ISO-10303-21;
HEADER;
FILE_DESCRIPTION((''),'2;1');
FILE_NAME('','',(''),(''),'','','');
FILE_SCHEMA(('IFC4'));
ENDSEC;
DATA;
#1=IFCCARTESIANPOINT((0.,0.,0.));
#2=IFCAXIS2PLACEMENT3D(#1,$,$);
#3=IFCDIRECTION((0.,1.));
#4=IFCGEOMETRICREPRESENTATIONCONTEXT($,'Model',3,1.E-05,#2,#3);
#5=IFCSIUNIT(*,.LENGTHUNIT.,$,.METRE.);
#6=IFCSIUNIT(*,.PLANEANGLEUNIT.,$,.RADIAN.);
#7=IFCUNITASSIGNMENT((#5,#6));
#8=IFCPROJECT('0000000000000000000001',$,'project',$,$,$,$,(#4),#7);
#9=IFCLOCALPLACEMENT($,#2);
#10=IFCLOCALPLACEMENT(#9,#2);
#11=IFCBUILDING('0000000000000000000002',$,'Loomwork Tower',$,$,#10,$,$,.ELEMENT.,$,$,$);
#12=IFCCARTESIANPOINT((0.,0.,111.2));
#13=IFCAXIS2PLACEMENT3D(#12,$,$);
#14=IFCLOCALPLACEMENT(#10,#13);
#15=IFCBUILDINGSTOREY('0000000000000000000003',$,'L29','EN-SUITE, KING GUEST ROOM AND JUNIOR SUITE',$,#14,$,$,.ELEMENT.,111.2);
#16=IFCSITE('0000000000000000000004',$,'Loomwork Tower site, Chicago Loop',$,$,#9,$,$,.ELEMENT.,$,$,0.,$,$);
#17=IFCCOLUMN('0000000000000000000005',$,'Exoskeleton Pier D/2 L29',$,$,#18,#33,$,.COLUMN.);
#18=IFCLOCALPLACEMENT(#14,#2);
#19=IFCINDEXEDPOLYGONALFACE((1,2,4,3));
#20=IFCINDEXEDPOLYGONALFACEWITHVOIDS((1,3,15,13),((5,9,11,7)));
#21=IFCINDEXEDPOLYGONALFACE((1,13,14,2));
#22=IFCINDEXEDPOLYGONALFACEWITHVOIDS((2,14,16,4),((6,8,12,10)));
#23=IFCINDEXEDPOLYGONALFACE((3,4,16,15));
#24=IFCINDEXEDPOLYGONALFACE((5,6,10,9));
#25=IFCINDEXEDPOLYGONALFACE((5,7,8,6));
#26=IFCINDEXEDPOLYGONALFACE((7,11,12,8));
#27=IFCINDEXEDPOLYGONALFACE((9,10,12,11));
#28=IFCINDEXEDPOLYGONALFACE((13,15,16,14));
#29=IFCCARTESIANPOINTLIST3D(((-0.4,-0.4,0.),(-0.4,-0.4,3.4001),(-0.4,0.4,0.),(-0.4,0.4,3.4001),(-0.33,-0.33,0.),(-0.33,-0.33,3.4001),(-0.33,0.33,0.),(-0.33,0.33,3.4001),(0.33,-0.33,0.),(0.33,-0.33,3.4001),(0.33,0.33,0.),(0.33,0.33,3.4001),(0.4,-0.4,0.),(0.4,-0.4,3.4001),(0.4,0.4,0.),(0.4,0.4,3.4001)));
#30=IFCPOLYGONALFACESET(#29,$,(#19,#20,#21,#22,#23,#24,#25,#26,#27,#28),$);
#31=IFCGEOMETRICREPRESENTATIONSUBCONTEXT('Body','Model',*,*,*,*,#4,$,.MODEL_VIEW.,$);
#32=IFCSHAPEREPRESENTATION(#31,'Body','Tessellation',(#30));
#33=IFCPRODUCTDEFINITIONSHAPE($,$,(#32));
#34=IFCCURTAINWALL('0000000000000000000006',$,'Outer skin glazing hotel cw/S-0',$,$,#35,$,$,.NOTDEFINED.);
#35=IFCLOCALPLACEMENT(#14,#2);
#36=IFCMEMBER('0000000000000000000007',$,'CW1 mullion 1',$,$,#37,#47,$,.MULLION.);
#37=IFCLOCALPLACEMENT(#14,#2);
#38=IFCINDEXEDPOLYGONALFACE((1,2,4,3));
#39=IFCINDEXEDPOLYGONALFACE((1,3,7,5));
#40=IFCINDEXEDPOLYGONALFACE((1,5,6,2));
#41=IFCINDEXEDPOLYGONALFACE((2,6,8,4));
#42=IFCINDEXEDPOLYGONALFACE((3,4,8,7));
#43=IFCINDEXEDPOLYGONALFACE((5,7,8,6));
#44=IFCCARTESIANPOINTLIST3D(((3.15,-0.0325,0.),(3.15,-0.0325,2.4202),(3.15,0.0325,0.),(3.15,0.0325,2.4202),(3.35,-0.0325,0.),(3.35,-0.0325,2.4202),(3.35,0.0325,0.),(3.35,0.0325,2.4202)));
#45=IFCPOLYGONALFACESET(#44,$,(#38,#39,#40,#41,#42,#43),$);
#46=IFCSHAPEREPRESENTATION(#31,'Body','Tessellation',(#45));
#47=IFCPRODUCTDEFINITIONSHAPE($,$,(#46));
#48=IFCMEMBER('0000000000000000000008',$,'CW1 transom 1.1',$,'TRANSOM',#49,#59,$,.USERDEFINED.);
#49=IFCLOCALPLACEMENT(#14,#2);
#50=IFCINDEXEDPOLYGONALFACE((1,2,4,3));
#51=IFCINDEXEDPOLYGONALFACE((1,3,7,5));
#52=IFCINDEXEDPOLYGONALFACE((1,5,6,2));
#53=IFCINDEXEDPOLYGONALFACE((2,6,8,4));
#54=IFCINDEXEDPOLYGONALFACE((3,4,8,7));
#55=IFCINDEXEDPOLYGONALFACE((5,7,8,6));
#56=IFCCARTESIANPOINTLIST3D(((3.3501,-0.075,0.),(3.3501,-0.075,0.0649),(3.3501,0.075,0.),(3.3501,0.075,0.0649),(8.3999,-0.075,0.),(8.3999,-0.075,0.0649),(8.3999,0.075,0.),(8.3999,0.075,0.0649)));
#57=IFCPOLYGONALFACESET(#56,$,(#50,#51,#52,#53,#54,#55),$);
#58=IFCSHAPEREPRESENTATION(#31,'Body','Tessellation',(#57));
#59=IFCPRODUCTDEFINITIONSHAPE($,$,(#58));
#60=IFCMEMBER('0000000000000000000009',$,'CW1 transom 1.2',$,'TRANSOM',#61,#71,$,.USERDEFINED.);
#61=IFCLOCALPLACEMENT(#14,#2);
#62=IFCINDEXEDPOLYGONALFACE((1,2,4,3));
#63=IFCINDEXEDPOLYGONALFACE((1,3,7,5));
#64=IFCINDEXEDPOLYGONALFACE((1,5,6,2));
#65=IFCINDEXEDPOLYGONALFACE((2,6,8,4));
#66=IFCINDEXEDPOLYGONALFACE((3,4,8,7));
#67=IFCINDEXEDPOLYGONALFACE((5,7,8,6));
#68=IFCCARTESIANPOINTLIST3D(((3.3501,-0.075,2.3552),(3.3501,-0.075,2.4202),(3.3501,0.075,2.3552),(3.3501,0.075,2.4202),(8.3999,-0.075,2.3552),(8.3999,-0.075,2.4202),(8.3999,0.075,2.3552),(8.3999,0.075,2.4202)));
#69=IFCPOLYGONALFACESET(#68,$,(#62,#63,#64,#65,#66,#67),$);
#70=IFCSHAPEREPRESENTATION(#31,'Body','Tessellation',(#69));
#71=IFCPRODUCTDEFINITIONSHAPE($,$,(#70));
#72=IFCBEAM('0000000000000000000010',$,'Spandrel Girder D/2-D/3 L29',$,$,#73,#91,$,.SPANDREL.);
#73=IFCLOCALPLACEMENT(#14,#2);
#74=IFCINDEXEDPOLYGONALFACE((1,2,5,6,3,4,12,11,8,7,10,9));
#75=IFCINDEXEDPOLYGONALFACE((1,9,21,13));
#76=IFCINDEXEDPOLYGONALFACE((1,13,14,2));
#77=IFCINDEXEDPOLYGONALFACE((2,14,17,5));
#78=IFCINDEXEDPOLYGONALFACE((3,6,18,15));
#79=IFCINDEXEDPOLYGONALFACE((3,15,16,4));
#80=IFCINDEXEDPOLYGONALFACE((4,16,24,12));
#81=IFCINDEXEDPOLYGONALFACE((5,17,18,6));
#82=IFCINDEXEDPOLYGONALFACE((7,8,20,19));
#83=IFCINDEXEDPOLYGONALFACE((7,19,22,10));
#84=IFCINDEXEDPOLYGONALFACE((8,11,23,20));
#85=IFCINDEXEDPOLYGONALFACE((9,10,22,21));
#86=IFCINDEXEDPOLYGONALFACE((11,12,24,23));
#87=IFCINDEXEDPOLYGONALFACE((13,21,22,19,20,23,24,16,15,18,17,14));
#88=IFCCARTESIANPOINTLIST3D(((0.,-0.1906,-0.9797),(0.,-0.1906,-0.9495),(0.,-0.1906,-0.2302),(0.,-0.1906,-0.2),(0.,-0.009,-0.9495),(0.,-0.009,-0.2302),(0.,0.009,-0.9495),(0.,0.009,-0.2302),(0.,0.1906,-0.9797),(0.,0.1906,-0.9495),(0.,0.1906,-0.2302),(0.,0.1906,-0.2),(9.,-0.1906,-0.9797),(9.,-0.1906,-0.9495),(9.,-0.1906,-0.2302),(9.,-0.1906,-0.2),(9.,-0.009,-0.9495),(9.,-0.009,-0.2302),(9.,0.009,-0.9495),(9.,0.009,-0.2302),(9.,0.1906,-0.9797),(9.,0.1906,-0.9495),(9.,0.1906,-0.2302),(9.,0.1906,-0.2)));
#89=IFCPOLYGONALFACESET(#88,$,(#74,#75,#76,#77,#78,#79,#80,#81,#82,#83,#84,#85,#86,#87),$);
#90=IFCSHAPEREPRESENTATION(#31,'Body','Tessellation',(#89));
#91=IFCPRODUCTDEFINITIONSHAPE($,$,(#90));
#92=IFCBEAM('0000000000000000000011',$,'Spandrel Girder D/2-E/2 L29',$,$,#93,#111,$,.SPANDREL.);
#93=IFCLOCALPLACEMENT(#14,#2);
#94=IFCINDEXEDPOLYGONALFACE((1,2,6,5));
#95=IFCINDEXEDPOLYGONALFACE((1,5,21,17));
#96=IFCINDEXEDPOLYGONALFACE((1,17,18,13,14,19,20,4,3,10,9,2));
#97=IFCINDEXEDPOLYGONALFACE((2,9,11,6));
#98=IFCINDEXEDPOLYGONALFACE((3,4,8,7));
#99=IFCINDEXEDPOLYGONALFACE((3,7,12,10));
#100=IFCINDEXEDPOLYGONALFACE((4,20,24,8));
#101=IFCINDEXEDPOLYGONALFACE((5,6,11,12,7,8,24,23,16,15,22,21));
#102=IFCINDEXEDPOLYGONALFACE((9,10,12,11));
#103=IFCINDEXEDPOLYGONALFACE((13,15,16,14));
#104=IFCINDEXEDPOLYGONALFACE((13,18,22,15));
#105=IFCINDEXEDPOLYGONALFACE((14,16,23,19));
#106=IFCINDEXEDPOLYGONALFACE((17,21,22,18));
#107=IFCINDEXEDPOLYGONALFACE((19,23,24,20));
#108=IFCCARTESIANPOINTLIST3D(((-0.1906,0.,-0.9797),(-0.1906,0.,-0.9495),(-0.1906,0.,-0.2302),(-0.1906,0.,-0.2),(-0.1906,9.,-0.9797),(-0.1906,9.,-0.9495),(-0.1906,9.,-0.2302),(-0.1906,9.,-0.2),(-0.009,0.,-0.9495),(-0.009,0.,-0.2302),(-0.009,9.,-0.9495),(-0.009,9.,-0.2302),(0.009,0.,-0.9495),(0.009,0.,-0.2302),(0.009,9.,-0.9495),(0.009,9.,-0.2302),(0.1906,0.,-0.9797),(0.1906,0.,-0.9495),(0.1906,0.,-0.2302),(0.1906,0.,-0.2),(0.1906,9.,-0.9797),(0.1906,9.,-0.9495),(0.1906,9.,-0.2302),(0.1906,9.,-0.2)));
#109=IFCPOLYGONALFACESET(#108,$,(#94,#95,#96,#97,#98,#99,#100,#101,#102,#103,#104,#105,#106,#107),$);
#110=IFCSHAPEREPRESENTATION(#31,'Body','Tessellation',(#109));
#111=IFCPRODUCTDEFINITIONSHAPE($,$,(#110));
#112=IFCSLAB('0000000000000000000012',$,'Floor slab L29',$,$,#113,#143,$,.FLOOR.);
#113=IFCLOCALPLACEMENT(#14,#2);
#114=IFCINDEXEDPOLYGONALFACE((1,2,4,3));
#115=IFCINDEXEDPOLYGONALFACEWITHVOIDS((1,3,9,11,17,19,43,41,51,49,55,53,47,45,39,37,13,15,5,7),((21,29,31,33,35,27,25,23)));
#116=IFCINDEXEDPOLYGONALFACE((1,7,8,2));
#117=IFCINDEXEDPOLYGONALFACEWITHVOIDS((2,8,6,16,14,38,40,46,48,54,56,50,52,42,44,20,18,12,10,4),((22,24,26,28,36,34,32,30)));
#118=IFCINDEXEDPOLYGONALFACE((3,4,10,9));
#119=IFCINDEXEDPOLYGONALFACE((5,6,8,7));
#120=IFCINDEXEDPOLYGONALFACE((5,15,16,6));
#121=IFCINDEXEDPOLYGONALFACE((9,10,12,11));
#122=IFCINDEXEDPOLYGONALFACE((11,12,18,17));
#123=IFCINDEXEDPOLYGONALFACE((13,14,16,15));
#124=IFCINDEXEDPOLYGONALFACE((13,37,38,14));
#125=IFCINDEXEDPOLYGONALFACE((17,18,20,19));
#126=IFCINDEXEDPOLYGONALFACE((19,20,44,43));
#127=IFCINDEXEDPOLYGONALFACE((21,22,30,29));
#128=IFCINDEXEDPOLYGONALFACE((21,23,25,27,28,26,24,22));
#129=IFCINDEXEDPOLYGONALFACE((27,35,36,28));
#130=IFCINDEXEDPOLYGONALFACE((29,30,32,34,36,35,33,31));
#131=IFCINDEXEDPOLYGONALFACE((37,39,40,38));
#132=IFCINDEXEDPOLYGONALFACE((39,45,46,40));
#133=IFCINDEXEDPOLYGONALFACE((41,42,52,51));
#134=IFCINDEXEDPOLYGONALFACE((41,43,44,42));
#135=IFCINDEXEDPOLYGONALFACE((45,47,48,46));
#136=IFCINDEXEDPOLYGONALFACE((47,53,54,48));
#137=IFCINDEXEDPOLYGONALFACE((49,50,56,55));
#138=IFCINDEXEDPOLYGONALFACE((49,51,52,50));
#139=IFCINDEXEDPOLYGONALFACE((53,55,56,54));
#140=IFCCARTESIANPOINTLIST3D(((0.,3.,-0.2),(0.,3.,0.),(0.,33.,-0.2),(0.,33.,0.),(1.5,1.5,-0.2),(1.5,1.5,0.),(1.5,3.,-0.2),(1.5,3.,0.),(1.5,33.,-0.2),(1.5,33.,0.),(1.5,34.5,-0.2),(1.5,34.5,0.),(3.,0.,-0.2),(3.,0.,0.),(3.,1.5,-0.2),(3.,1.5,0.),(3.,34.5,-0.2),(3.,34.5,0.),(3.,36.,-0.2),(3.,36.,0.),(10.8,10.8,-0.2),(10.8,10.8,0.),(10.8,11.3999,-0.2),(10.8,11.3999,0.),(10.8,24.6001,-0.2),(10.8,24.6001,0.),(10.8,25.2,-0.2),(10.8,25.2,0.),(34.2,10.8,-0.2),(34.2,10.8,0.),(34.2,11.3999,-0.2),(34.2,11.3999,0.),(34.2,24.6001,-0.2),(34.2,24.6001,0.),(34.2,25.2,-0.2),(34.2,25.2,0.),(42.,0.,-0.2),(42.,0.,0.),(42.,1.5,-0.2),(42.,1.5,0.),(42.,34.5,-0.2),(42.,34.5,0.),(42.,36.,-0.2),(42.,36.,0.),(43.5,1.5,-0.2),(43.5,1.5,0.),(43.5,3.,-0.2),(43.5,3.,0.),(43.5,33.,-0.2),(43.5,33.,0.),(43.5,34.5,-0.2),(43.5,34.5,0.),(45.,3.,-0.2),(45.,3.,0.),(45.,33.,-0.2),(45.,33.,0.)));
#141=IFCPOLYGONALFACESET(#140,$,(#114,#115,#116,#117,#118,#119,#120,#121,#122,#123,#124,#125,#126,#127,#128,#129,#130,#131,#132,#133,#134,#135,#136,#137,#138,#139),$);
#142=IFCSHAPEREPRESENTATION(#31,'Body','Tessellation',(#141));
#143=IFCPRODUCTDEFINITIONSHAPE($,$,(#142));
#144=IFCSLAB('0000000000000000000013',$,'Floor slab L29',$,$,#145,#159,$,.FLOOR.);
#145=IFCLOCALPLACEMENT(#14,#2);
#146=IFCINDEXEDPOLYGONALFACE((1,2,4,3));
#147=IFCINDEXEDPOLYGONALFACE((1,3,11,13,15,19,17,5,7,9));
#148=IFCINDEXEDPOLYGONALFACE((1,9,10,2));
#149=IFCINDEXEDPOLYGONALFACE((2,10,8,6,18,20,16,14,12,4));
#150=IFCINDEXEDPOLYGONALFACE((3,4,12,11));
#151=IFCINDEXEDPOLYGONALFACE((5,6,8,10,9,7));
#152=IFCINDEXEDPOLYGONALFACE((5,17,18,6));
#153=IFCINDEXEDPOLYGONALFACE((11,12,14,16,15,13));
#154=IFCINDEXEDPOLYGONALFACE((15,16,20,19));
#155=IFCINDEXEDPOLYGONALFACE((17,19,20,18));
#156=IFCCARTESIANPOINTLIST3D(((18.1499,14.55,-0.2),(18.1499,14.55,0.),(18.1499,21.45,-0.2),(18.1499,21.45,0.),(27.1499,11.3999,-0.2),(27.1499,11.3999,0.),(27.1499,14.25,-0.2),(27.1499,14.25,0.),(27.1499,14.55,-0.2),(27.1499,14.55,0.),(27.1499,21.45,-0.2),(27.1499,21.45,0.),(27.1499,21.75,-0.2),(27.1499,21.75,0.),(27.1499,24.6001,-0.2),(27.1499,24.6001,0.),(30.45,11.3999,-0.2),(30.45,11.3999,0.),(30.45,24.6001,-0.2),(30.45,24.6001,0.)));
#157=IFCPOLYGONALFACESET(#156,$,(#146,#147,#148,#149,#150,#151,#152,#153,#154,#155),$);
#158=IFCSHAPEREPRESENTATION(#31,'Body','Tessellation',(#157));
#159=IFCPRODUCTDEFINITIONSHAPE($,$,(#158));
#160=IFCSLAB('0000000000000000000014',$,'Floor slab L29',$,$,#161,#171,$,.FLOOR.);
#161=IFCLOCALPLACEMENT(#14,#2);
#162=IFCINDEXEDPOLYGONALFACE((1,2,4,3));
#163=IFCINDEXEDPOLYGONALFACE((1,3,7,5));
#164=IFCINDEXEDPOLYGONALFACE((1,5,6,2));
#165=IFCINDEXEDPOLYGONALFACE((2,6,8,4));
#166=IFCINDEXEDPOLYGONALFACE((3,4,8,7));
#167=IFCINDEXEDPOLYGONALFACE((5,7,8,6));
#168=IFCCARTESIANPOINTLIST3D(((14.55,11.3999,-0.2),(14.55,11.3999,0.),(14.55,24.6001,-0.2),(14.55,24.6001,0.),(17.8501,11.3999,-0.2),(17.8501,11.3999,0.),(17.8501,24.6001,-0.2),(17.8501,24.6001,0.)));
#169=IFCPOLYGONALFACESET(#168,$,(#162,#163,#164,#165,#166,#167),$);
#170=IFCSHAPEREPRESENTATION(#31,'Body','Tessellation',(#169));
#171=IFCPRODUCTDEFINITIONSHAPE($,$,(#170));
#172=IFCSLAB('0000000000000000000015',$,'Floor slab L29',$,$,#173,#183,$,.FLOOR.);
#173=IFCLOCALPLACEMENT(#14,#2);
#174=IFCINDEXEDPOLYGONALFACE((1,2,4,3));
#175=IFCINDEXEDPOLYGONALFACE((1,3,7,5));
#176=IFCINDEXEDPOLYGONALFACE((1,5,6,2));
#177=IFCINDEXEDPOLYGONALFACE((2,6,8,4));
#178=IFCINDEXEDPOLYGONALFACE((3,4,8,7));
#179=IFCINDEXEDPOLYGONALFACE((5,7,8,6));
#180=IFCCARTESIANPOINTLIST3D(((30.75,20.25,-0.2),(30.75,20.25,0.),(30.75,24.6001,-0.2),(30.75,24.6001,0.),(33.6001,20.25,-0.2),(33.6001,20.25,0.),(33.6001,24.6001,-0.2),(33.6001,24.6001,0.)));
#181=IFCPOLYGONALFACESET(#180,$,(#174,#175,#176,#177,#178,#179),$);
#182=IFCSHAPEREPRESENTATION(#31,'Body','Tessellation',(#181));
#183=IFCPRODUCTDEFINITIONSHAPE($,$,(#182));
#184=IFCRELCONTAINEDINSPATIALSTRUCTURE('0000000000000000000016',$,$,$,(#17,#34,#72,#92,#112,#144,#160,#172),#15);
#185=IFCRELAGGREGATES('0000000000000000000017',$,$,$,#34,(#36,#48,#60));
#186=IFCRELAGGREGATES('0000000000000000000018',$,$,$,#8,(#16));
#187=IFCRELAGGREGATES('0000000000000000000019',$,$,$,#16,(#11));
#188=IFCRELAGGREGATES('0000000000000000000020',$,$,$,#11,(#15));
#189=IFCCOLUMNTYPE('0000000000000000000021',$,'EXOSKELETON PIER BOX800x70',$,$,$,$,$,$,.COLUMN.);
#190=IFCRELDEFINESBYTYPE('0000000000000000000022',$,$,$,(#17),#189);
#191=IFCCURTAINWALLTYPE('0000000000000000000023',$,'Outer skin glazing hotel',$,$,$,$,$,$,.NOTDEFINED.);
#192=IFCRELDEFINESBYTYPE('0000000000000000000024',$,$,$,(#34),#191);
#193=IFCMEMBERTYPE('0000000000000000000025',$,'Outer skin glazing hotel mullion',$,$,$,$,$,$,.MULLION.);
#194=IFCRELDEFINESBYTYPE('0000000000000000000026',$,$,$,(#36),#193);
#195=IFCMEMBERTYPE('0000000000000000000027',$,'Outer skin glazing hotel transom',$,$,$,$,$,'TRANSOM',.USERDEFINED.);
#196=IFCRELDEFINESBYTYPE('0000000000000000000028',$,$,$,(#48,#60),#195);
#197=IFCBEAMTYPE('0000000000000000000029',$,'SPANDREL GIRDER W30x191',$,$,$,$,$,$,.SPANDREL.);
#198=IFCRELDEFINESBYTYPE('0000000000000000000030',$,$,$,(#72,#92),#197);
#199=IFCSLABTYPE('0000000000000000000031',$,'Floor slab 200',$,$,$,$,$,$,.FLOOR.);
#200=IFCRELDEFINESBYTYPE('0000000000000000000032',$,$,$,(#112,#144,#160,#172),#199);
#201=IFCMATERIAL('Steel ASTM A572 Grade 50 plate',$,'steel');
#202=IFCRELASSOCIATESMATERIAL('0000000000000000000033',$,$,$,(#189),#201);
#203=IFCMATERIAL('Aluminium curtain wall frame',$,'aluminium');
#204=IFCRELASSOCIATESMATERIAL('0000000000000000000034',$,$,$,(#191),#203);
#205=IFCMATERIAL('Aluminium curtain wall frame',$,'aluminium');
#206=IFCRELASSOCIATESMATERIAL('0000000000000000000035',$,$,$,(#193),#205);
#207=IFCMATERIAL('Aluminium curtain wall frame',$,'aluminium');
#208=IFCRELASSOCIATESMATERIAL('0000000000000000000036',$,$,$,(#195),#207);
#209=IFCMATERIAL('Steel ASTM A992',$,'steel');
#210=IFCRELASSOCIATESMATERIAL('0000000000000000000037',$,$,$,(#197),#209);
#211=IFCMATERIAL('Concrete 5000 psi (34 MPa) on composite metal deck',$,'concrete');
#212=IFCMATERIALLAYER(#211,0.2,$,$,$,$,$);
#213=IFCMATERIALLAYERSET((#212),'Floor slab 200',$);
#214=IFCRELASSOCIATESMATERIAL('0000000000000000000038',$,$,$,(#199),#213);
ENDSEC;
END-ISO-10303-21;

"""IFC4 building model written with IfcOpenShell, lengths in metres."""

from ifc_helpers import new_model, si_unit, direction, frame, origin, origin_with_axes, origin_2d, place, context, subcontext, project, spatial, polyline, rectangle, hollow_rectangle, i_section, outline, extrude, material, layer, layer_set, material_profile, profile_set, type_object, element, aggregate, save


model = new_model("IFC4")

# Units and contexts
model_context = context("Model", 3, precision=1e-05, world=origin(), true_north=direction((0.0, 1.0)))
body_context = subcontext(model_context, "Body", "Model", "MODEL_VIEW")
ifc_project = project(units=[si_unit("LENGTHUNIT", "METRE"), si_unit("PLANEANGLEUNIT", "RADIAN")], contexts=[model_context])

# Site, building, storey
site_placement = place(None, origin())
site = spatial("IfcSite", under=ifc_project, at=site_placement, Name="Loomwork Tower site, Chicago Loop", CompositionType="ELEMENT", RefElevation=0.0)
building_placement = place(site_placement, origin())
building = spatial("IfcBuilding", under=site, at=building_placement, Name="Loomwork Tower", CompositionType="ELEMENT")
storey_placement = place(building_placement, frame((0.0, 0.0, 111.2)))
storey = spatial("IfcBuildingStorey", under=building, at=storey_placement, Name="L29", Description="EN-SUITE, KING GUEST ROOM AND JUNIOR SUITE", CompositionType="ELEMENT", Elevation=111.2)

# Column
ifc_material_1 = material(Name="Steel ASTM A572 Grade 50 plate", Category="steel")
ifc_material_profile_1 = material_profile(ifc_material_1, hollow_rectangle(XDim=0.8, YDim=0.8, WallThickness=0.0701, at=origin_2d()), Name="BOX800x70")
ifc_profile_set_1 = profile_set([ifc_material_profile_1], Name="Steel ASTM A572 Grade 50 plate")
column_type = type_object("IfcColumnType", Name="EXOSKELETON PIER BOX800x70", PredefinedType="COLUMN", material=ifc_profile_set_1)
column_placement = place(storey_placement, origin_with_axes())
element("IfcColumn", 1, at=column_placement, inside=storey, type_object=column_type, Name="Exoskeleton Pier D/2 L29", PredefinedType="COLUMN", context=body_context, shape_type="SweptSolid", body=[
    extrude(hollow_rectangle(XDim=0.8, YDim=0.8, WallThickness=0.0701, at=origin_2d()), origin(), (0.0, 0.0, 1.0), 3.4001),
])

# Curtain wall, members
ifc_material_2 = material(Name="Aluminium curtain wall frame", Category="aluminium")
curtain_wall_type = type_object("IfcCurtainWallType", Name="Outer skin glazing hotel", PredefinedType="NOTDEFINED", material=ifc_material_2)
curtain_wall_placement = place(storey_placement, origin())
curtain_wall = element("IfcCurtainWall", 2, at=curtain_wall_placement, inside=storey, type_object=curtain_wall_type, Name="Outer skin glazing hotel cw/S-0", PredefinedType="NOTDEFINED")
ifc_material_3 = material(Name="Aluminium curtain wall frame", Category="aluminium")
ifc_material_profile_2 = material_profile(ifc_material_3, rectangle(XDim=0.0649, YDim=0.2, at=origin_2d()), Name="AL 65x200")
ifc_profile_set_2 = profile_set([ifc_material_profile_2], Name="Aluminium curtain wall frame")
member_type_1 = type_object("IfcMemberType", Name="Outer skin glazing hotel mullion", PredefinedType="MULLION", material=ifc_profile_set_2)
member_1_placement = place(storey_placement, frame((3.25, 0.0, 0.0), z_axis=(0.0, 0.0, 1.0), x_axis=(0.0, 1.0, 0.0)))
member_1 = element("IfcMember", 3, at=member_1_placement, type_object=member_type_1, Name="CW1 mullion 1", PredefinedType="MULLION", context=body_context, shape_type="SweptSolid", body=[
    extrude(rectangle(XDim=0.0649, YDim=0.2, at=origin_2d()), origin(), (0.0, 0.0, 1.0), 2.4202),
])
ifc_material_4 = material(Name="Aluminium curtain wall frame", Category="aluminium")
ifc_material_profile_3 = material_profile(ifc_material_4, rectangle(XDim=0.1499, YDim=0.0649, at=origin_2d()), Name="AL 65x150")
ifc_profile_set_3 = profile_set([ifc_material_profile_3], Name="Aluminium curtain wall frame")
member_type_2 = type_object("IfcMemberType", Name="Outer skin glazing hotel transom", ElementType="TRANSOM", PredefinedType="USERDEFINED", material=ifc_profile_set_3)
member_2_placement = place(storey_placement, frame((3.3501, 0.0, 0.0325), z_axis=(1.0, 0.0, 0.0), x_axis=(0.0, 1.0, 0.0)))
member_2 = element("IfcMember", 4, at=member_2_placement, type_object=member_type_2, Name="CW1 transom 1.1", ObjectType="TRANSOM", PredefinedType="USERDEFINED", context=body_context, shape_type="SweptSolid", body=[
    extrude(rectangle(XDim=0.1499, YDim=0.0649, at=origin_2d()), origin(), (0.0, 0.0, 1.0), 5.0498),
])
member_3_placement = place(storey_placement, frame((3.3501, 0.0, 2.3877), z_axis=(1.0, 0.0, 0.0), x_axis=(0.0, 1.0, 0.0)))
member_3 = element("IfcMember", 5, at=member_3_placement, type_object=member_type_2, Name="CW1 transom 1.2", ObjectType="TRANSOM", PredefinedType="USERDEFINED", context=body_context, shape_type="SweptSolid", body=[
    extrude(rectangle(XDim=0.1499, YDim=0.0649, at=origin_2d()), origin(), (0.0, 0.0, 1.0), 5.0498),
])

# Beams
ifc_material_5 = material(Name="Steel ASTM A992", Category="steel")
ifc_material_profile_4 = material_profile(ifc_material_5, i_section(OverallWidth=0.3811, OverallDepth=0.7798, WebThickness=0.0181, FlangeThickness=0.0303, at=origin_2d()), Name="W30x191")
ifc_profile_set_4 = profile_set([ifc_material_profile_4], Name="Steel ASTM A992")
beam_type = type_object("IfcBeamType", Name="SPANDREL GIRDER W30x191", PredefinedType="SPANDREL", material=ifc_profile_set_4)
for number, where, z_axis, x_axis, name in (
    (6, (0.0, 0.0, -0.5898), (1.0, 0.0, 0.0), (0.0, 1.0, 0.0), "Spandrel Girder D/2-D/3 L29"),
    (7, (0.0, 0.0, -0.5898), (0.0, 1.0, 0.0), (-1.0, 0.0, 0.0), "Spandrel Girder D/2-E/2 L29"),
):
    element("IfcBeam", number, at=place(storey_placement, frame(where, z_axis=z_axis, x_axis=x_axis)), inside=storey, type_object=beam_type, Name=name, PredefinedType="SPANDREL", context=body_context, shape_type="SweptSolid", body=[
        extrude(i_section(OverallWidth=0.3811, OverallDepth=0.7798, WebThickness=0.0181, FlangeThickness=0.0303, at=origin_2d()), origin(), (0.0, 0.0, 1.0), 9.0),
    ])

# Slabs
ifc_material_6 = material(Name="Concrete 5000 psi (34 MPa) on composite metal deck", Category="concrete")
ifc_layer_1 = layer(ifc_material_6, 0.2)
ifc_layer_set_1 = layer_set([ifc_layer_1], Name="Floor slab 200")
slab_type_1 = type_object("IfcSlabType", Name="Floor slab 200", PredefinedType="FLOOR", material=ifc_layer_set_1)
slab_1_placement = place(storey_placement, frame((0.0, 0.0, -0.2)))
element("IfcSlab", 8, at=slab_1_placement, inside=storey, type_object=slab_type_1, Name="Floor slab L29", PredefinedType="FLOOR", context=body_context, shape_type="SweptSolid", body=[
    extrude(outline(polyline([(3.0, 1.5), (1.5, 1.5), (1.5, 3.0), (0.0, 3.0), (0.0, 33.0), (1.5, 33.0), (1.5, 34.5), (3.0, 34.5), (3.0, 36.0), (42.0, 36.0), (42.0, 34.5), (43.5, 34.5), (43.5, 33.0), (45.0, 33.0), (45.0, 3.0), (43.5, 3.0), (43.5, 1.5), (42.0, 1.5), (42.0, 0.0), (3.0, 0.0), (3.0, 1.5)]), holes=[polyline([(10.8, 11.3999), (10.8, 11.3999), (10.8, 10.8), (34.2, 10.8), (34.2, 11.3999), (34.2, 11.3999), (34.2, 24.6001), (34.2, 25.2), (10.8, 25.2), (10.8, 24.6001), (10.8, 11.3999)])]), origin(), (0.0, 0.0, 1.0), 0.2),
])
slab_2_placement = place(storey_placement, frame((0.0, 0.0, -0.2)))
element("IfcSlab", 9, at=slab_2_placement, inside=storey, type_object=slab_type_1, Name="Floor slab L29", PredefinedType="FLOOR", context=body_context, shape_type="SweptSolid", body=[
    extrude(outline(polyline([(30.45, 24.6001), (30.45, 11.3999), (27.1499, 11.3999), (27.1499, 14.25), (27.1499, 14.55), (18.1499, 14.55), (18.1499, 21.45), (27.1499, 21.45), (27.1499, 21.75), (27.1499, 24.6001), (30.45, 24.6001)])), origin(), (0.0, 0.0, 1.0), 0.2),
])
slab_3_placement = place(storey_placement, frame((0.0, 0.0, -0.2)))
element("IfcSlab", 10, at=slab_3_placement, inside=storey, type_object=slab_type_1, Name="Floor slab L29", PredefinedType="FLOOR", context=body_context, shape_type="SweptSolid", body=[
    extrude(outline(polyline([(14.55, 11.3999), (14.55, 24.6001), (17.8501, 24.6001), (17.8501, 11.3999), (14.55, 11.3999)])), origin(), (0.0, 0.0, 1.0), 0.2),
])
slab_4_placement = place(storey_placement, frame((0.0, 0.0, -0.2)))
element("IfcSlab", 11, at=slab_4_placement, inside=storey, type_object=slab_type_1, Name="Floor slab L29", PredefinedType="FLOOR", context=body_context, shape_type="SweptSolid", body=[
    extrude(outline(polyline([(33.6001, 20.25), (30.75, 20.25), (30.75, 24.6001), (33.6001, 24.6001), (33.6001, 20.25)])), origin(), (0.0, 0.0, 1.0), 0.2),
])

aggregate(curtain_wall, [member_1, member_2, member_3])

save(model, "model.ifc")
